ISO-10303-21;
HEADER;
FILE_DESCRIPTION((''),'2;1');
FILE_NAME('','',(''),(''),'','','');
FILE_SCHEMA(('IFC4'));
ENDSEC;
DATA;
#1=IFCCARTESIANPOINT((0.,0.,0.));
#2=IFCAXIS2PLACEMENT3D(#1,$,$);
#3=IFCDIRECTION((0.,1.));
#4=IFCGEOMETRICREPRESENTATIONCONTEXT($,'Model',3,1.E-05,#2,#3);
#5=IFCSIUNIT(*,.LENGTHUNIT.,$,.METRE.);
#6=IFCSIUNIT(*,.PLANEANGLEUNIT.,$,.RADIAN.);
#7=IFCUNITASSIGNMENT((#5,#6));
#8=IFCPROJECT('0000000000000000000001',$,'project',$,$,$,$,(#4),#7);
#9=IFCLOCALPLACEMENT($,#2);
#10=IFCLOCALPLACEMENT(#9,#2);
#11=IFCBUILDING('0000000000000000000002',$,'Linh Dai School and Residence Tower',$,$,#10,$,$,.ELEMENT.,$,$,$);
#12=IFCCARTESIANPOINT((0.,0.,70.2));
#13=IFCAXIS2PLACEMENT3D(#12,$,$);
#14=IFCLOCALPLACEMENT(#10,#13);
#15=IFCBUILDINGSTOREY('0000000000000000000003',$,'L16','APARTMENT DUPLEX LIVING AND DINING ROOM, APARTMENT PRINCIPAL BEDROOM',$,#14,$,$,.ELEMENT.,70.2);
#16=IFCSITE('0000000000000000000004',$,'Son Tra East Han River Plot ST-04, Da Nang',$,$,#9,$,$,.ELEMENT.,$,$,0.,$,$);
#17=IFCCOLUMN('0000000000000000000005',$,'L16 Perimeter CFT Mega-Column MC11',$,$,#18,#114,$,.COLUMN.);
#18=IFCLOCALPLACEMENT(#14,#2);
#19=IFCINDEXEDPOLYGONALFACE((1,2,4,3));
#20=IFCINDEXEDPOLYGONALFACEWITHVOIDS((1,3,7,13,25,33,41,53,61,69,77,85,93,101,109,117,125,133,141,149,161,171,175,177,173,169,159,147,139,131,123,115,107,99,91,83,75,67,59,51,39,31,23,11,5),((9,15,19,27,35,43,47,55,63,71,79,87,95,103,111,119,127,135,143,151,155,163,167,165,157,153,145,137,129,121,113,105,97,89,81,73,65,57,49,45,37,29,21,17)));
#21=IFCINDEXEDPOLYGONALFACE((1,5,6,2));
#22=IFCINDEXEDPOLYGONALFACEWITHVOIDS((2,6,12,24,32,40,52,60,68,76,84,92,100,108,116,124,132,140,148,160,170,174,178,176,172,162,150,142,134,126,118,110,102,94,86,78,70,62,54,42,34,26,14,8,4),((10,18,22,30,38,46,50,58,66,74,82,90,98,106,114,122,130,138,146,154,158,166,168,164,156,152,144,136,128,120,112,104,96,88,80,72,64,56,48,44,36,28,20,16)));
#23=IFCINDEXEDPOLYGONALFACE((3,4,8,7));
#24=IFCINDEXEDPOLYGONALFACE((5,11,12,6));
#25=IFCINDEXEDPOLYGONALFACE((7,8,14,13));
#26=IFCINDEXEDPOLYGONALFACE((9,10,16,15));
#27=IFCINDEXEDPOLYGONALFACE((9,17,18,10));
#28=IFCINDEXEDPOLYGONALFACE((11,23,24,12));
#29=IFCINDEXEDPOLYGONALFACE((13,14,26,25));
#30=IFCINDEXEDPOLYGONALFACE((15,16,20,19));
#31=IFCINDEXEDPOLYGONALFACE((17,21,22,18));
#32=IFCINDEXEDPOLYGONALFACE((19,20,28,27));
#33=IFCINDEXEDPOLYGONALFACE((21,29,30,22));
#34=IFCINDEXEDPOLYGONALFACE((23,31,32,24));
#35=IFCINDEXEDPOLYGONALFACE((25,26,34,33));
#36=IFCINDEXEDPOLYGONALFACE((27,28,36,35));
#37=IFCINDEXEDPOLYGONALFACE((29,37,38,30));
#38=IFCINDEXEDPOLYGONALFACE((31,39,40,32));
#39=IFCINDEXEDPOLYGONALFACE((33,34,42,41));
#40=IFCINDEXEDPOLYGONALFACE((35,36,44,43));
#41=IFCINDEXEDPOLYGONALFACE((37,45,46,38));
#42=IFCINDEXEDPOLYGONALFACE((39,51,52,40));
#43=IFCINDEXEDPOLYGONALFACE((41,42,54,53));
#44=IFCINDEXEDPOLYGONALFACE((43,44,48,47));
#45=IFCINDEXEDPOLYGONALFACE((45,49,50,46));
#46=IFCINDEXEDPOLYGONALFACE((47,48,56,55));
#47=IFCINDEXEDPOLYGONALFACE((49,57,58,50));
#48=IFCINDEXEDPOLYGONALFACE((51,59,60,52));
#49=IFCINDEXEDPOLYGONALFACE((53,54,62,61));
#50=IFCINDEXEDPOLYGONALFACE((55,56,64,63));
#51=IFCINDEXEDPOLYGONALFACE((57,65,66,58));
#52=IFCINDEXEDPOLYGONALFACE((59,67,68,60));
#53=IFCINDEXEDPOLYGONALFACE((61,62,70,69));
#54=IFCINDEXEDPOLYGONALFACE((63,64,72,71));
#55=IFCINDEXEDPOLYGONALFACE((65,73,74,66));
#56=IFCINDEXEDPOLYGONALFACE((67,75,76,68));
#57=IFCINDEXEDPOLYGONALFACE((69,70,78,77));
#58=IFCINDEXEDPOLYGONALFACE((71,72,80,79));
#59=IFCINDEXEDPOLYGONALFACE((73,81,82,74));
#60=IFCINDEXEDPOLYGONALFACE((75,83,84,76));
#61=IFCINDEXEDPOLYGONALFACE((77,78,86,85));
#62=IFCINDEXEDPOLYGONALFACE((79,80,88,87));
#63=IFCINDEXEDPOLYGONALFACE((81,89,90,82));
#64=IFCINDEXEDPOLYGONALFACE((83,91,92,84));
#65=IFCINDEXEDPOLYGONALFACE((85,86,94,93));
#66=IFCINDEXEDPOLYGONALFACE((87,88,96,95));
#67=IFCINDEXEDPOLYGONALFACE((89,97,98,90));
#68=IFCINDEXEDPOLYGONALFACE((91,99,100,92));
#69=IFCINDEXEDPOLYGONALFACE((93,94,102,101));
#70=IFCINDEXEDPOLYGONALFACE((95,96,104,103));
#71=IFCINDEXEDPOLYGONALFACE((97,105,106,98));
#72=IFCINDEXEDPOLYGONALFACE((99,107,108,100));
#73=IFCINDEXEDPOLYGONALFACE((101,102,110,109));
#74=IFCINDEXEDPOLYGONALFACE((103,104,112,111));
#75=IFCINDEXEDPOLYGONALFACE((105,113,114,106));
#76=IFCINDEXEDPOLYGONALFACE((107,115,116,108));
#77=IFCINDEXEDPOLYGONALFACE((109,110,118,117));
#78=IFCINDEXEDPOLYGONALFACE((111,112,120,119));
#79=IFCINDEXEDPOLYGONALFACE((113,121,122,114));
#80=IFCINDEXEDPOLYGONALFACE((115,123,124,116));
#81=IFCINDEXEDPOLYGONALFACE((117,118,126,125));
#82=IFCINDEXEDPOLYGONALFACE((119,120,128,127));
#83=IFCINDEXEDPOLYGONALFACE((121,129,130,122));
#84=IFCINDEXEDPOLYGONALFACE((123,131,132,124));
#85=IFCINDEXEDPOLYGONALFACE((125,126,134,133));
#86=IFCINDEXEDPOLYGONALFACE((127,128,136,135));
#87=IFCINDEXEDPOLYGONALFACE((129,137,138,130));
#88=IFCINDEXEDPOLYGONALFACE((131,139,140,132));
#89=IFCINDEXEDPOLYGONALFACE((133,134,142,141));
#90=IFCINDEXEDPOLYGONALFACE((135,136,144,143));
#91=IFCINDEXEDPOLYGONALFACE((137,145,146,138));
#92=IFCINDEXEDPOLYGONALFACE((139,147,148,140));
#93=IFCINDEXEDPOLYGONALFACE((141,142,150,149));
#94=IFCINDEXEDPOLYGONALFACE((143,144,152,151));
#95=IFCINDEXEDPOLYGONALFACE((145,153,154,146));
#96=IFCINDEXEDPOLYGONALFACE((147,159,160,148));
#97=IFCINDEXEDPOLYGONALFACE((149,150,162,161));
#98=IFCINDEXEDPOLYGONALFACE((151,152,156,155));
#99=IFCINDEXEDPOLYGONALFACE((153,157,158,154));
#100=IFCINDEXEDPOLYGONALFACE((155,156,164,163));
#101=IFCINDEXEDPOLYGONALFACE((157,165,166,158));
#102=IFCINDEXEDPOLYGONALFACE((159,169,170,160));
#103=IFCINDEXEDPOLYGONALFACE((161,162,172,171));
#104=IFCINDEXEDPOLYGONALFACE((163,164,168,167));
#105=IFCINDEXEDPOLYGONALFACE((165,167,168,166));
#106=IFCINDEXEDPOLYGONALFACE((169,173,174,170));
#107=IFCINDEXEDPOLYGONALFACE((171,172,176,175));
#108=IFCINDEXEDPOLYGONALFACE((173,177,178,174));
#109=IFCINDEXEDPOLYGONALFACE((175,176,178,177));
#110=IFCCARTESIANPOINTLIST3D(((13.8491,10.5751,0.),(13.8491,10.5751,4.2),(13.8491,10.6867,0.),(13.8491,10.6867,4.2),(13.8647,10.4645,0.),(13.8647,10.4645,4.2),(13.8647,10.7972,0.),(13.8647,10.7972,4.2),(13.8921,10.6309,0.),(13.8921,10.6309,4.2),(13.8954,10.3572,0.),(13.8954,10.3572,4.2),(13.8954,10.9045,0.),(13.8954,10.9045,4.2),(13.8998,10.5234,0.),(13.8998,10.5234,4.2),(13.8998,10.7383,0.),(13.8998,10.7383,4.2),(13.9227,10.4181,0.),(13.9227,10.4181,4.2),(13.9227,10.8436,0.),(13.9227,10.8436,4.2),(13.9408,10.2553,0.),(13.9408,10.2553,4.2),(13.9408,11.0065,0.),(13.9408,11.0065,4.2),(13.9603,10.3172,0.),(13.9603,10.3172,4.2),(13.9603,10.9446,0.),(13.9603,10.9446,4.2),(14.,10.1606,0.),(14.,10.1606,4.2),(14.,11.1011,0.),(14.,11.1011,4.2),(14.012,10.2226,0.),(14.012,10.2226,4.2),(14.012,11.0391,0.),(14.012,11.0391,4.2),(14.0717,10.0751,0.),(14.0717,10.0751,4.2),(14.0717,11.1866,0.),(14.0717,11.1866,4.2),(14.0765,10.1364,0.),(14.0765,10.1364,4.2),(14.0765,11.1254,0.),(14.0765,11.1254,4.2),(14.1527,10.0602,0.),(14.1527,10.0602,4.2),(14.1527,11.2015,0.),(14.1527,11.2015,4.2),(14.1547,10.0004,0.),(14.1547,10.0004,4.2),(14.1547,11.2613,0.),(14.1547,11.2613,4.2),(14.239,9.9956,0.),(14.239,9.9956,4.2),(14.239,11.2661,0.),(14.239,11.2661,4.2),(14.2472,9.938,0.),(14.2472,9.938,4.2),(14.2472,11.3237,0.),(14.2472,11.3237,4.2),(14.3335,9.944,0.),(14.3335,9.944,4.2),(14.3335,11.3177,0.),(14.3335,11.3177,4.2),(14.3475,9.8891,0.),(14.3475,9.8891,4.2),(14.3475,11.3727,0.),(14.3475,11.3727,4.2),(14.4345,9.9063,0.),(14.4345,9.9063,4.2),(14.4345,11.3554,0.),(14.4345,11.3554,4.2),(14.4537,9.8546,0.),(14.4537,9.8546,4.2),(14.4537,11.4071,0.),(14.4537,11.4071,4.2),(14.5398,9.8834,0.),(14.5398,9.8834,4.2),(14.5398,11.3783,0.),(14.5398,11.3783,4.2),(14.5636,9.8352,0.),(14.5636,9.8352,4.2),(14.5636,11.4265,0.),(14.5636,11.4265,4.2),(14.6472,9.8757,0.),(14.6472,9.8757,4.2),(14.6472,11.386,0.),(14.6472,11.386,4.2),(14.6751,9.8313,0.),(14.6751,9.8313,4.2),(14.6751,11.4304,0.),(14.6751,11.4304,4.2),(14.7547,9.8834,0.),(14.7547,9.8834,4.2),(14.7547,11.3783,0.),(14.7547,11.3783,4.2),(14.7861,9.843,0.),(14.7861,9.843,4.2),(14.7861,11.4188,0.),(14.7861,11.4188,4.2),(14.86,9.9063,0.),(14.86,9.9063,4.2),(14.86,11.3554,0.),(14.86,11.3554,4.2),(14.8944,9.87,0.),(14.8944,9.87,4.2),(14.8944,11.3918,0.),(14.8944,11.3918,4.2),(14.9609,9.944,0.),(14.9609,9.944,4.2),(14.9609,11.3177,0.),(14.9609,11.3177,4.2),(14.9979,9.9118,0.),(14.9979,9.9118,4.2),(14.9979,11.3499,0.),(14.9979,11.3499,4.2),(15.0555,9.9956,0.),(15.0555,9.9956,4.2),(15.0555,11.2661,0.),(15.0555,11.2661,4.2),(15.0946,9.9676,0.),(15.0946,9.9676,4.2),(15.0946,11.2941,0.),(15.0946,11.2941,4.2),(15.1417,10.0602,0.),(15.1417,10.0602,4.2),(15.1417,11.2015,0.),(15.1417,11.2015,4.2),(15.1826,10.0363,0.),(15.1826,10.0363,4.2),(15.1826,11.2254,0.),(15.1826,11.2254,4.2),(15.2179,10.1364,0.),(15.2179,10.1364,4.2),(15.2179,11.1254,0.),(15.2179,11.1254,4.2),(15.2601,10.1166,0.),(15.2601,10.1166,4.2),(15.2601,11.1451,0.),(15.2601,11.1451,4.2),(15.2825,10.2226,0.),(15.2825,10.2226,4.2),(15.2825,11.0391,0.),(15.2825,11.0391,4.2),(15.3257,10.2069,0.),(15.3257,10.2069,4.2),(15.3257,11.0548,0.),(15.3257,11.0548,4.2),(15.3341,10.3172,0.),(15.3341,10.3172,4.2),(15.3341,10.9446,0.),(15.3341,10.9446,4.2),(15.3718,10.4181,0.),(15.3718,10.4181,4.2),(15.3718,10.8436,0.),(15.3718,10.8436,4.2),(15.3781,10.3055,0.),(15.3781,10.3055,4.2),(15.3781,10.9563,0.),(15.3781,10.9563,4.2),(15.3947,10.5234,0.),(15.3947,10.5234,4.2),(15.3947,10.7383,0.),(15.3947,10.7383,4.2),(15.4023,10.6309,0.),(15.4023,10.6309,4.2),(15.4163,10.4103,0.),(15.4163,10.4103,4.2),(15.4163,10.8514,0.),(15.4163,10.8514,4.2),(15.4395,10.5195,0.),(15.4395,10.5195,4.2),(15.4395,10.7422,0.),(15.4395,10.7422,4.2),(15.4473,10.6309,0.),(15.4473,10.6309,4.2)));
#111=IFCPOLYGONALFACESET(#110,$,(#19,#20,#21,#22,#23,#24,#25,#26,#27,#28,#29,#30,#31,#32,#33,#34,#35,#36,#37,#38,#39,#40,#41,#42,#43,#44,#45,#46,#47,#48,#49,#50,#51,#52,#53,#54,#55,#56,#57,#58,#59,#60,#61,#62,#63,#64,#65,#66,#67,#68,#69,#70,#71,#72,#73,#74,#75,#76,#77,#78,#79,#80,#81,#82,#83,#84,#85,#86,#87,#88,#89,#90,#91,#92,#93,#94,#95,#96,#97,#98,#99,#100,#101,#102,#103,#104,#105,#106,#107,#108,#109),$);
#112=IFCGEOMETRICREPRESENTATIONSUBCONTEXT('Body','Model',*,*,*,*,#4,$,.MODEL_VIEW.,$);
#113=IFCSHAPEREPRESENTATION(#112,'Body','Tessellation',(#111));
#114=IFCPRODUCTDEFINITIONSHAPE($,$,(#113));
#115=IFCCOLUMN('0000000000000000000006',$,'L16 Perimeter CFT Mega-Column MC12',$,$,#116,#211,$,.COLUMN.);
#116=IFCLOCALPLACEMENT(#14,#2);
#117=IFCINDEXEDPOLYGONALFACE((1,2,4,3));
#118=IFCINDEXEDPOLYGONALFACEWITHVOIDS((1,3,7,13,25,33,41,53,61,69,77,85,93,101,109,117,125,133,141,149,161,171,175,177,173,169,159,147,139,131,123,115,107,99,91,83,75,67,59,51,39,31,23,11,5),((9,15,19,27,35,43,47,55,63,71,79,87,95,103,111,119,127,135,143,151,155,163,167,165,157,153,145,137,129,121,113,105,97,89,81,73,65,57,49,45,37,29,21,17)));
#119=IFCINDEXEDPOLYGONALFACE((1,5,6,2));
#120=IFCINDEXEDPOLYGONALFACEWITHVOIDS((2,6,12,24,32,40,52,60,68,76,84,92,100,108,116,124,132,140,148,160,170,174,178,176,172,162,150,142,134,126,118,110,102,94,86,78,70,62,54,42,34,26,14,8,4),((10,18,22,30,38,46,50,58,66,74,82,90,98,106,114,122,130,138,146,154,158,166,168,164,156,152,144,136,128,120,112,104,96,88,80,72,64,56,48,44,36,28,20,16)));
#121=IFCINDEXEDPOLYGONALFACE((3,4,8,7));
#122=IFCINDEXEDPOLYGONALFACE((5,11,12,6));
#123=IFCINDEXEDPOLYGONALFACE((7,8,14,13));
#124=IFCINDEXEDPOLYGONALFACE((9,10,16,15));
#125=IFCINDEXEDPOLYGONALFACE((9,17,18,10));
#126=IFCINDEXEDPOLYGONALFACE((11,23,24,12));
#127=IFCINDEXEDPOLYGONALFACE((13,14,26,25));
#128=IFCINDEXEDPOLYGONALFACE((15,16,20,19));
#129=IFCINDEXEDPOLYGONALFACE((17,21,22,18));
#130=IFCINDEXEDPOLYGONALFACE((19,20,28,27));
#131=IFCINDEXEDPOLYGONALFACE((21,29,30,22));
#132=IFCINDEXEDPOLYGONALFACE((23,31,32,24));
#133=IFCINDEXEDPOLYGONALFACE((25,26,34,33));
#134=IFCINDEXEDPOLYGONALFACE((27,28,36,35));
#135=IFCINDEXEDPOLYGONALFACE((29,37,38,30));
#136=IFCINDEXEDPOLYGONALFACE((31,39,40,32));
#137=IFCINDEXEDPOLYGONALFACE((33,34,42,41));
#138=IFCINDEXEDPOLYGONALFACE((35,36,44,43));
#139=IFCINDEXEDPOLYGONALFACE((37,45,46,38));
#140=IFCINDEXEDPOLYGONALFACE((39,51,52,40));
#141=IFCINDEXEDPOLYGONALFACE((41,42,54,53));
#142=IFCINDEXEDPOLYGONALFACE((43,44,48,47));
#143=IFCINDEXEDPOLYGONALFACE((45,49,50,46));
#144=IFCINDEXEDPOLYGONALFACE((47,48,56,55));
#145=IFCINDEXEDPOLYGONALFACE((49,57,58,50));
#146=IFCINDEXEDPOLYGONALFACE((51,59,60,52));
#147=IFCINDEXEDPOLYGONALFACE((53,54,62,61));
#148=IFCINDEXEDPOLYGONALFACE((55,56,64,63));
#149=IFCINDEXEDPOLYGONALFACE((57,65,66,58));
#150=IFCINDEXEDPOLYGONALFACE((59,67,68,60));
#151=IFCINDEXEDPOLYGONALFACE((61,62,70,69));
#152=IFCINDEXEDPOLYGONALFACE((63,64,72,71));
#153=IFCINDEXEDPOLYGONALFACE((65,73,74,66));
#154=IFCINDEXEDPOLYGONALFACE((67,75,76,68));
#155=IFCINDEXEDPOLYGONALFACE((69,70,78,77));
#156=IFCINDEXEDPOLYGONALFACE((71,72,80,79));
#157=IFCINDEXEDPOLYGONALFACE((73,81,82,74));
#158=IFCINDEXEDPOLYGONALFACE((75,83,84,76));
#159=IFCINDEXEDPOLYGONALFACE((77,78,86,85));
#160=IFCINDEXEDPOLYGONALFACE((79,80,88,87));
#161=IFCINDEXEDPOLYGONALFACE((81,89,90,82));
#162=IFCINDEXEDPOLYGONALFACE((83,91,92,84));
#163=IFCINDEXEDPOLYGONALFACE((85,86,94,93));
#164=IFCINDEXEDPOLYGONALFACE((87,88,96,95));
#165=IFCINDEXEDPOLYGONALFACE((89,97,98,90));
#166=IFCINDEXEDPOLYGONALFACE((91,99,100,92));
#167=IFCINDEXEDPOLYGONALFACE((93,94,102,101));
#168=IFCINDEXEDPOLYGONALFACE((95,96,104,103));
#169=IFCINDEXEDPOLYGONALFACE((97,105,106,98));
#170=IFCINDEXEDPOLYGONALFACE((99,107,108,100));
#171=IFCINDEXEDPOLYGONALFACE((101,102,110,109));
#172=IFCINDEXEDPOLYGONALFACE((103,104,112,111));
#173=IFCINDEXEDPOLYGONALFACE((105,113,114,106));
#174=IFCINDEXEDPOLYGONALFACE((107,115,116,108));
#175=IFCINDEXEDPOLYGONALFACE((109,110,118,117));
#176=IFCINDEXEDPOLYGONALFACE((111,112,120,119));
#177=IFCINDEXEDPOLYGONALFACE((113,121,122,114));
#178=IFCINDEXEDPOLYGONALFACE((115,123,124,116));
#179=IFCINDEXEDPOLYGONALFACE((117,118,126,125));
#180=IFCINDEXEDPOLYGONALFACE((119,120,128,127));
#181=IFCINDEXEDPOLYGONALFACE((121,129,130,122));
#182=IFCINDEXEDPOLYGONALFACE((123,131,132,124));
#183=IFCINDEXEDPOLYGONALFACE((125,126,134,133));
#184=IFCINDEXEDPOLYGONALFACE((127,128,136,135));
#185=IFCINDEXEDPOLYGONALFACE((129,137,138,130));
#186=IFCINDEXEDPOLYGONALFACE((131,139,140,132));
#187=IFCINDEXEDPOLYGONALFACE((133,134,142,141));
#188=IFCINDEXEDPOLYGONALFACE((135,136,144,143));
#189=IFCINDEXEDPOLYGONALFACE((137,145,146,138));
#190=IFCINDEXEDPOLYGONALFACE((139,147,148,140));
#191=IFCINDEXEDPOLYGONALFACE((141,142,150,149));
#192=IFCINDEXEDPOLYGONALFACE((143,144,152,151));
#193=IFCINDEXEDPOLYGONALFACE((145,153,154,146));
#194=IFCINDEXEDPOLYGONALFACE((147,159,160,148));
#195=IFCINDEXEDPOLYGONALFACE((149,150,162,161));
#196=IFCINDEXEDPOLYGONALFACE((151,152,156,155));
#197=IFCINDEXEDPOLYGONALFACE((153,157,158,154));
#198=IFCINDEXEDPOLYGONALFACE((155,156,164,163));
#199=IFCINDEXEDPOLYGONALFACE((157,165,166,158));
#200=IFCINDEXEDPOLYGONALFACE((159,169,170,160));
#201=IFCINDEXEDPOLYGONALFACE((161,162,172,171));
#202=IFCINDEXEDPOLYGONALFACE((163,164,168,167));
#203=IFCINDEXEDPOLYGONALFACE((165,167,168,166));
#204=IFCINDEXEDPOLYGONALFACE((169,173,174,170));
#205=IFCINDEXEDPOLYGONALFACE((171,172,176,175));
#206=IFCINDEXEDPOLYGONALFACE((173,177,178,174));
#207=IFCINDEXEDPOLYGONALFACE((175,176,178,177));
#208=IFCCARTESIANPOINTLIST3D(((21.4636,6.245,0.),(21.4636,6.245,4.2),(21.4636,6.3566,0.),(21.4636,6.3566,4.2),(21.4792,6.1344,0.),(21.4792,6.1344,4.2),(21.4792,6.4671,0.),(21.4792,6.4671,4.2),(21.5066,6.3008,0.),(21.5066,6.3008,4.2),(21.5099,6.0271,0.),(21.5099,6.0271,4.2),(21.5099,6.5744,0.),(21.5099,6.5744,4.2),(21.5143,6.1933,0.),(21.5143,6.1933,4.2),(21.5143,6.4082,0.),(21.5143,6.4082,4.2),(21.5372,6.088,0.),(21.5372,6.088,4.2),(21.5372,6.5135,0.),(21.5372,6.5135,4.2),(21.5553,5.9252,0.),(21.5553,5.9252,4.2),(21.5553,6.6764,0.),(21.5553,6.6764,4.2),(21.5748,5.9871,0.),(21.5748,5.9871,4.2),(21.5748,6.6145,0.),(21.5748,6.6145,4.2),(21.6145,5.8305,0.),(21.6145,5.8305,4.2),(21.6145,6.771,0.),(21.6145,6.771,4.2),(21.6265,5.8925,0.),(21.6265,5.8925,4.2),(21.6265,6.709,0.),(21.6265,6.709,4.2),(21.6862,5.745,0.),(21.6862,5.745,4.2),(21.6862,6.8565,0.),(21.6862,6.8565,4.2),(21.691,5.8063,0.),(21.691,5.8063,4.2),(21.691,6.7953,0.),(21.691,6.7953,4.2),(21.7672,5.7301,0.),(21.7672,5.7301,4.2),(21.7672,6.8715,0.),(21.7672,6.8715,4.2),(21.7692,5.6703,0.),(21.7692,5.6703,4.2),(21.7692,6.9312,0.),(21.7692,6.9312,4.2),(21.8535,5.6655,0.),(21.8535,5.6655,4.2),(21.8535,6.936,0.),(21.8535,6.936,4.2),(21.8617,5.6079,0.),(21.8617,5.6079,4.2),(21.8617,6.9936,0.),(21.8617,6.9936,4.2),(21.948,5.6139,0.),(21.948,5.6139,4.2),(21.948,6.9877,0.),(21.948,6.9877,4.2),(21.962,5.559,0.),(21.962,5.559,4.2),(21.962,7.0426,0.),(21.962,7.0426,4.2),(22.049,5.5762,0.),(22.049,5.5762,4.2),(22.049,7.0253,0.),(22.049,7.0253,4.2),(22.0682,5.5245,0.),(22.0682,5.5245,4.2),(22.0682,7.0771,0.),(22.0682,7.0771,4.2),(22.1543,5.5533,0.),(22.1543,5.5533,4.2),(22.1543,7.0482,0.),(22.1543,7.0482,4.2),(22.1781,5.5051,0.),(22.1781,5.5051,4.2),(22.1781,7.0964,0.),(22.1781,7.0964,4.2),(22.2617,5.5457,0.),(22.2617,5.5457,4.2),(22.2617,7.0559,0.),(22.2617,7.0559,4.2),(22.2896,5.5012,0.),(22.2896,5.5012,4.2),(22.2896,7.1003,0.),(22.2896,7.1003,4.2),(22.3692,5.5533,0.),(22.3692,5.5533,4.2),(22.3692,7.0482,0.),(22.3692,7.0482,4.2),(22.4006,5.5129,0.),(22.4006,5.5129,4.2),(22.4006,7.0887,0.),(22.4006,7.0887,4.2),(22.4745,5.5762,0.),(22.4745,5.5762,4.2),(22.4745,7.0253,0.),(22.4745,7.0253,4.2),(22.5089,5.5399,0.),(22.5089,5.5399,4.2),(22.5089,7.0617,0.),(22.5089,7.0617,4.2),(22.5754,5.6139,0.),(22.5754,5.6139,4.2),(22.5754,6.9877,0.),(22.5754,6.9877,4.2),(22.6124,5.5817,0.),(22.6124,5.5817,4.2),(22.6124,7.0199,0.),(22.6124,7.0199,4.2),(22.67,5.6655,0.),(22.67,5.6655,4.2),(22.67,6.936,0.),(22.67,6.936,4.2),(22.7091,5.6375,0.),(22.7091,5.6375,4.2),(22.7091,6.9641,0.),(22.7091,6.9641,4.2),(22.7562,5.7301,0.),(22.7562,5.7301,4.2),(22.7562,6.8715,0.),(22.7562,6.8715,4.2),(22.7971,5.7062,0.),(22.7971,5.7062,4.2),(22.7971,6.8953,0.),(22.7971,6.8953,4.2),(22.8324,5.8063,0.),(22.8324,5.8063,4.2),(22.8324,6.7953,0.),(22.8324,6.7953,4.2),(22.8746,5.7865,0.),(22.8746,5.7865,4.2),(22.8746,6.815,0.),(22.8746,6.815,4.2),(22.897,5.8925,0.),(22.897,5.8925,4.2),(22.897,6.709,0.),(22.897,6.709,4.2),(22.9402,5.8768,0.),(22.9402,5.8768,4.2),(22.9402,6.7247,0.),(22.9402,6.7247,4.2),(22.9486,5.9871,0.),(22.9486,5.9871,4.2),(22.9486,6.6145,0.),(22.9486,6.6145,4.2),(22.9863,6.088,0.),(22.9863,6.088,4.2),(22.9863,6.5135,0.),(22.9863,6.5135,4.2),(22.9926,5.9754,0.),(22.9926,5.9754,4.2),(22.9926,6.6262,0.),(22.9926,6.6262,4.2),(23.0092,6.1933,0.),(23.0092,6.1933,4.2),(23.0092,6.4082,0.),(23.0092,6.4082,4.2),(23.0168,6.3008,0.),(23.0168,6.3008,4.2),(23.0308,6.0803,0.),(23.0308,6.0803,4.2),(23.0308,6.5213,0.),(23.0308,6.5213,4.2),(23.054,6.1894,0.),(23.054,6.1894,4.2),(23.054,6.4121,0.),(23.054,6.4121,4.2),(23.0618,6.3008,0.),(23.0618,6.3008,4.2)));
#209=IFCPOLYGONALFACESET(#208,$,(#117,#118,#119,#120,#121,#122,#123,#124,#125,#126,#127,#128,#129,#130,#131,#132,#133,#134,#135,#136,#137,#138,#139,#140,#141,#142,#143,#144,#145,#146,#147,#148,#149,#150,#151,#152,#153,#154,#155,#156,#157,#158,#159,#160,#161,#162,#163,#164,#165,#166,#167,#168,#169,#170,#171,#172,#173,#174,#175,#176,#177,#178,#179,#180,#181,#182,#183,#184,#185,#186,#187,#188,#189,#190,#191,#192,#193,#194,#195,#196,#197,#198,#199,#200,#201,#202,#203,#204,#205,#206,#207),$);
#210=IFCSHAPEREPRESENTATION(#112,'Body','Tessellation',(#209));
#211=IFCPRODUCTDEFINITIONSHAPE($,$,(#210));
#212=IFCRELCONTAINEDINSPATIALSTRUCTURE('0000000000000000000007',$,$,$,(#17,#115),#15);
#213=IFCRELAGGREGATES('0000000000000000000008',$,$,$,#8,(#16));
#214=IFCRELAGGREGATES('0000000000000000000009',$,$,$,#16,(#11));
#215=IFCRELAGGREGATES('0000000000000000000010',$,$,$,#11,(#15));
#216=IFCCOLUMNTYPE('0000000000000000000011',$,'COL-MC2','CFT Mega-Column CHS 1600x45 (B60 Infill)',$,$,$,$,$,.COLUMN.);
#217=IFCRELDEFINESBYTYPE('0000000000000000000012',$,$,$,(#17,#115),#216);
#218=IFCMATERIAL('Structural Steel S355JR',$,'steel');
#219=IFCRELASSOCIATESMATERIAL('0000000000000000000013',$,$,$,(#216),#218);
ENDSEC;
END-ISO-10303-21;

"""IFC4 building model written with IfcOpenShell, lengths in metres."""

from ifc_helpers import new_model, si_unit, direction, frame, origin, origin_2d, place, context, subcontext, project, spatial, hollow_circle, extrude, material, material_profile, profile_set, type_object, element, save


model = new_model("IFC4")

# Units and contexts
model_context = context("Model", 3, precision=1e-05, world=origin(), true_north=direction((0.0, 1.0)))
body_context = subcontext(model_context, "Body", "Model", "MODEL_VIEW")
ifc_project = project(units=[si_unit("LENGTHUNIT", "METRE"), si_unit("PLANEANGLEUNIT", "RADIAN")], contexts=[model_context])

# Site, building, storey
site_placement = place(None, origin())
site = spatial("IfcSite", under=ifc_project, at=site_placement, Name="Son Tra East Han River Plot ST-04, Da Nang", CompositionType="ELEMENT", RefElevation=0.0)
building_placement = place(site_placement, origin())
building = spatial("IfcBuilding", under=site, at=building_placement, Name="Linh Dai School and Residence Tower", CompositionType="ELEMENT")
storey_placement = place(building_placement, frame((0.0, 0.0, 70.2)))
storey = spatial("IfcBuildingStorey", under=building, at=storey_placement, Name="L16", Description="APARTMENT DUPLEX LIVING AND DINING ROOM, APARTMENT PRINCIPAL BEDROOM", CompositionType="ELEMENT", Elevation=70.2)

# Columns
ifc_material_1 = material(Name="Structural Steel S355JR", Category="steel")
ifc_material_profile_1 = material_profile(ifc_material_1, hollow_circle(Radius=0.8, WallThickness=0.0449, at=origin_2d()), Name="CHS 1600x45")
ifc_profile_set_1 = profile_set([ifc_material_profile_1], Name="Structural Steel S355JR")
column_type = type_object("IfcColumnType", Name="COL-MC2", Description="CFT Mega-Column CHS 1600x45 (B60 Infill)", PredefinedType="COLUMN", material=ifc_profile_set_1)
for number, where, z_axis, x_axis, name in (
    (1, (14.6472, 10.6309, 0.0), (0.0, 0.0, 1.0), (1.0, 0.0, 0.0), "L16 Perimeter CFT Mega-Column MC11"),
    (2, (22.2617, 6.3008, 0.0), (0.0, 0.0, 1.0), (1.0, 0.0, 0.0), "L16 Perimeter CFT Mega-Column MC12"),
):
    element("IfcColumn", number, at=place(storey_placement, frame(where, z_axis=z_axis, x_axis=x_axis)), inside=storey, type_object=column_type, Name=name, PredefinedType="COLUMN", context=body_context, shape_type="SweptSolid", body=[
        extrude(hollow_circle(Radius=0.8, WallThickness=0.0449, at=origin_2d()), origin(), (0.0, 0.0, 1.0), 4.2),
    ])

save(model, "model.ifc")
